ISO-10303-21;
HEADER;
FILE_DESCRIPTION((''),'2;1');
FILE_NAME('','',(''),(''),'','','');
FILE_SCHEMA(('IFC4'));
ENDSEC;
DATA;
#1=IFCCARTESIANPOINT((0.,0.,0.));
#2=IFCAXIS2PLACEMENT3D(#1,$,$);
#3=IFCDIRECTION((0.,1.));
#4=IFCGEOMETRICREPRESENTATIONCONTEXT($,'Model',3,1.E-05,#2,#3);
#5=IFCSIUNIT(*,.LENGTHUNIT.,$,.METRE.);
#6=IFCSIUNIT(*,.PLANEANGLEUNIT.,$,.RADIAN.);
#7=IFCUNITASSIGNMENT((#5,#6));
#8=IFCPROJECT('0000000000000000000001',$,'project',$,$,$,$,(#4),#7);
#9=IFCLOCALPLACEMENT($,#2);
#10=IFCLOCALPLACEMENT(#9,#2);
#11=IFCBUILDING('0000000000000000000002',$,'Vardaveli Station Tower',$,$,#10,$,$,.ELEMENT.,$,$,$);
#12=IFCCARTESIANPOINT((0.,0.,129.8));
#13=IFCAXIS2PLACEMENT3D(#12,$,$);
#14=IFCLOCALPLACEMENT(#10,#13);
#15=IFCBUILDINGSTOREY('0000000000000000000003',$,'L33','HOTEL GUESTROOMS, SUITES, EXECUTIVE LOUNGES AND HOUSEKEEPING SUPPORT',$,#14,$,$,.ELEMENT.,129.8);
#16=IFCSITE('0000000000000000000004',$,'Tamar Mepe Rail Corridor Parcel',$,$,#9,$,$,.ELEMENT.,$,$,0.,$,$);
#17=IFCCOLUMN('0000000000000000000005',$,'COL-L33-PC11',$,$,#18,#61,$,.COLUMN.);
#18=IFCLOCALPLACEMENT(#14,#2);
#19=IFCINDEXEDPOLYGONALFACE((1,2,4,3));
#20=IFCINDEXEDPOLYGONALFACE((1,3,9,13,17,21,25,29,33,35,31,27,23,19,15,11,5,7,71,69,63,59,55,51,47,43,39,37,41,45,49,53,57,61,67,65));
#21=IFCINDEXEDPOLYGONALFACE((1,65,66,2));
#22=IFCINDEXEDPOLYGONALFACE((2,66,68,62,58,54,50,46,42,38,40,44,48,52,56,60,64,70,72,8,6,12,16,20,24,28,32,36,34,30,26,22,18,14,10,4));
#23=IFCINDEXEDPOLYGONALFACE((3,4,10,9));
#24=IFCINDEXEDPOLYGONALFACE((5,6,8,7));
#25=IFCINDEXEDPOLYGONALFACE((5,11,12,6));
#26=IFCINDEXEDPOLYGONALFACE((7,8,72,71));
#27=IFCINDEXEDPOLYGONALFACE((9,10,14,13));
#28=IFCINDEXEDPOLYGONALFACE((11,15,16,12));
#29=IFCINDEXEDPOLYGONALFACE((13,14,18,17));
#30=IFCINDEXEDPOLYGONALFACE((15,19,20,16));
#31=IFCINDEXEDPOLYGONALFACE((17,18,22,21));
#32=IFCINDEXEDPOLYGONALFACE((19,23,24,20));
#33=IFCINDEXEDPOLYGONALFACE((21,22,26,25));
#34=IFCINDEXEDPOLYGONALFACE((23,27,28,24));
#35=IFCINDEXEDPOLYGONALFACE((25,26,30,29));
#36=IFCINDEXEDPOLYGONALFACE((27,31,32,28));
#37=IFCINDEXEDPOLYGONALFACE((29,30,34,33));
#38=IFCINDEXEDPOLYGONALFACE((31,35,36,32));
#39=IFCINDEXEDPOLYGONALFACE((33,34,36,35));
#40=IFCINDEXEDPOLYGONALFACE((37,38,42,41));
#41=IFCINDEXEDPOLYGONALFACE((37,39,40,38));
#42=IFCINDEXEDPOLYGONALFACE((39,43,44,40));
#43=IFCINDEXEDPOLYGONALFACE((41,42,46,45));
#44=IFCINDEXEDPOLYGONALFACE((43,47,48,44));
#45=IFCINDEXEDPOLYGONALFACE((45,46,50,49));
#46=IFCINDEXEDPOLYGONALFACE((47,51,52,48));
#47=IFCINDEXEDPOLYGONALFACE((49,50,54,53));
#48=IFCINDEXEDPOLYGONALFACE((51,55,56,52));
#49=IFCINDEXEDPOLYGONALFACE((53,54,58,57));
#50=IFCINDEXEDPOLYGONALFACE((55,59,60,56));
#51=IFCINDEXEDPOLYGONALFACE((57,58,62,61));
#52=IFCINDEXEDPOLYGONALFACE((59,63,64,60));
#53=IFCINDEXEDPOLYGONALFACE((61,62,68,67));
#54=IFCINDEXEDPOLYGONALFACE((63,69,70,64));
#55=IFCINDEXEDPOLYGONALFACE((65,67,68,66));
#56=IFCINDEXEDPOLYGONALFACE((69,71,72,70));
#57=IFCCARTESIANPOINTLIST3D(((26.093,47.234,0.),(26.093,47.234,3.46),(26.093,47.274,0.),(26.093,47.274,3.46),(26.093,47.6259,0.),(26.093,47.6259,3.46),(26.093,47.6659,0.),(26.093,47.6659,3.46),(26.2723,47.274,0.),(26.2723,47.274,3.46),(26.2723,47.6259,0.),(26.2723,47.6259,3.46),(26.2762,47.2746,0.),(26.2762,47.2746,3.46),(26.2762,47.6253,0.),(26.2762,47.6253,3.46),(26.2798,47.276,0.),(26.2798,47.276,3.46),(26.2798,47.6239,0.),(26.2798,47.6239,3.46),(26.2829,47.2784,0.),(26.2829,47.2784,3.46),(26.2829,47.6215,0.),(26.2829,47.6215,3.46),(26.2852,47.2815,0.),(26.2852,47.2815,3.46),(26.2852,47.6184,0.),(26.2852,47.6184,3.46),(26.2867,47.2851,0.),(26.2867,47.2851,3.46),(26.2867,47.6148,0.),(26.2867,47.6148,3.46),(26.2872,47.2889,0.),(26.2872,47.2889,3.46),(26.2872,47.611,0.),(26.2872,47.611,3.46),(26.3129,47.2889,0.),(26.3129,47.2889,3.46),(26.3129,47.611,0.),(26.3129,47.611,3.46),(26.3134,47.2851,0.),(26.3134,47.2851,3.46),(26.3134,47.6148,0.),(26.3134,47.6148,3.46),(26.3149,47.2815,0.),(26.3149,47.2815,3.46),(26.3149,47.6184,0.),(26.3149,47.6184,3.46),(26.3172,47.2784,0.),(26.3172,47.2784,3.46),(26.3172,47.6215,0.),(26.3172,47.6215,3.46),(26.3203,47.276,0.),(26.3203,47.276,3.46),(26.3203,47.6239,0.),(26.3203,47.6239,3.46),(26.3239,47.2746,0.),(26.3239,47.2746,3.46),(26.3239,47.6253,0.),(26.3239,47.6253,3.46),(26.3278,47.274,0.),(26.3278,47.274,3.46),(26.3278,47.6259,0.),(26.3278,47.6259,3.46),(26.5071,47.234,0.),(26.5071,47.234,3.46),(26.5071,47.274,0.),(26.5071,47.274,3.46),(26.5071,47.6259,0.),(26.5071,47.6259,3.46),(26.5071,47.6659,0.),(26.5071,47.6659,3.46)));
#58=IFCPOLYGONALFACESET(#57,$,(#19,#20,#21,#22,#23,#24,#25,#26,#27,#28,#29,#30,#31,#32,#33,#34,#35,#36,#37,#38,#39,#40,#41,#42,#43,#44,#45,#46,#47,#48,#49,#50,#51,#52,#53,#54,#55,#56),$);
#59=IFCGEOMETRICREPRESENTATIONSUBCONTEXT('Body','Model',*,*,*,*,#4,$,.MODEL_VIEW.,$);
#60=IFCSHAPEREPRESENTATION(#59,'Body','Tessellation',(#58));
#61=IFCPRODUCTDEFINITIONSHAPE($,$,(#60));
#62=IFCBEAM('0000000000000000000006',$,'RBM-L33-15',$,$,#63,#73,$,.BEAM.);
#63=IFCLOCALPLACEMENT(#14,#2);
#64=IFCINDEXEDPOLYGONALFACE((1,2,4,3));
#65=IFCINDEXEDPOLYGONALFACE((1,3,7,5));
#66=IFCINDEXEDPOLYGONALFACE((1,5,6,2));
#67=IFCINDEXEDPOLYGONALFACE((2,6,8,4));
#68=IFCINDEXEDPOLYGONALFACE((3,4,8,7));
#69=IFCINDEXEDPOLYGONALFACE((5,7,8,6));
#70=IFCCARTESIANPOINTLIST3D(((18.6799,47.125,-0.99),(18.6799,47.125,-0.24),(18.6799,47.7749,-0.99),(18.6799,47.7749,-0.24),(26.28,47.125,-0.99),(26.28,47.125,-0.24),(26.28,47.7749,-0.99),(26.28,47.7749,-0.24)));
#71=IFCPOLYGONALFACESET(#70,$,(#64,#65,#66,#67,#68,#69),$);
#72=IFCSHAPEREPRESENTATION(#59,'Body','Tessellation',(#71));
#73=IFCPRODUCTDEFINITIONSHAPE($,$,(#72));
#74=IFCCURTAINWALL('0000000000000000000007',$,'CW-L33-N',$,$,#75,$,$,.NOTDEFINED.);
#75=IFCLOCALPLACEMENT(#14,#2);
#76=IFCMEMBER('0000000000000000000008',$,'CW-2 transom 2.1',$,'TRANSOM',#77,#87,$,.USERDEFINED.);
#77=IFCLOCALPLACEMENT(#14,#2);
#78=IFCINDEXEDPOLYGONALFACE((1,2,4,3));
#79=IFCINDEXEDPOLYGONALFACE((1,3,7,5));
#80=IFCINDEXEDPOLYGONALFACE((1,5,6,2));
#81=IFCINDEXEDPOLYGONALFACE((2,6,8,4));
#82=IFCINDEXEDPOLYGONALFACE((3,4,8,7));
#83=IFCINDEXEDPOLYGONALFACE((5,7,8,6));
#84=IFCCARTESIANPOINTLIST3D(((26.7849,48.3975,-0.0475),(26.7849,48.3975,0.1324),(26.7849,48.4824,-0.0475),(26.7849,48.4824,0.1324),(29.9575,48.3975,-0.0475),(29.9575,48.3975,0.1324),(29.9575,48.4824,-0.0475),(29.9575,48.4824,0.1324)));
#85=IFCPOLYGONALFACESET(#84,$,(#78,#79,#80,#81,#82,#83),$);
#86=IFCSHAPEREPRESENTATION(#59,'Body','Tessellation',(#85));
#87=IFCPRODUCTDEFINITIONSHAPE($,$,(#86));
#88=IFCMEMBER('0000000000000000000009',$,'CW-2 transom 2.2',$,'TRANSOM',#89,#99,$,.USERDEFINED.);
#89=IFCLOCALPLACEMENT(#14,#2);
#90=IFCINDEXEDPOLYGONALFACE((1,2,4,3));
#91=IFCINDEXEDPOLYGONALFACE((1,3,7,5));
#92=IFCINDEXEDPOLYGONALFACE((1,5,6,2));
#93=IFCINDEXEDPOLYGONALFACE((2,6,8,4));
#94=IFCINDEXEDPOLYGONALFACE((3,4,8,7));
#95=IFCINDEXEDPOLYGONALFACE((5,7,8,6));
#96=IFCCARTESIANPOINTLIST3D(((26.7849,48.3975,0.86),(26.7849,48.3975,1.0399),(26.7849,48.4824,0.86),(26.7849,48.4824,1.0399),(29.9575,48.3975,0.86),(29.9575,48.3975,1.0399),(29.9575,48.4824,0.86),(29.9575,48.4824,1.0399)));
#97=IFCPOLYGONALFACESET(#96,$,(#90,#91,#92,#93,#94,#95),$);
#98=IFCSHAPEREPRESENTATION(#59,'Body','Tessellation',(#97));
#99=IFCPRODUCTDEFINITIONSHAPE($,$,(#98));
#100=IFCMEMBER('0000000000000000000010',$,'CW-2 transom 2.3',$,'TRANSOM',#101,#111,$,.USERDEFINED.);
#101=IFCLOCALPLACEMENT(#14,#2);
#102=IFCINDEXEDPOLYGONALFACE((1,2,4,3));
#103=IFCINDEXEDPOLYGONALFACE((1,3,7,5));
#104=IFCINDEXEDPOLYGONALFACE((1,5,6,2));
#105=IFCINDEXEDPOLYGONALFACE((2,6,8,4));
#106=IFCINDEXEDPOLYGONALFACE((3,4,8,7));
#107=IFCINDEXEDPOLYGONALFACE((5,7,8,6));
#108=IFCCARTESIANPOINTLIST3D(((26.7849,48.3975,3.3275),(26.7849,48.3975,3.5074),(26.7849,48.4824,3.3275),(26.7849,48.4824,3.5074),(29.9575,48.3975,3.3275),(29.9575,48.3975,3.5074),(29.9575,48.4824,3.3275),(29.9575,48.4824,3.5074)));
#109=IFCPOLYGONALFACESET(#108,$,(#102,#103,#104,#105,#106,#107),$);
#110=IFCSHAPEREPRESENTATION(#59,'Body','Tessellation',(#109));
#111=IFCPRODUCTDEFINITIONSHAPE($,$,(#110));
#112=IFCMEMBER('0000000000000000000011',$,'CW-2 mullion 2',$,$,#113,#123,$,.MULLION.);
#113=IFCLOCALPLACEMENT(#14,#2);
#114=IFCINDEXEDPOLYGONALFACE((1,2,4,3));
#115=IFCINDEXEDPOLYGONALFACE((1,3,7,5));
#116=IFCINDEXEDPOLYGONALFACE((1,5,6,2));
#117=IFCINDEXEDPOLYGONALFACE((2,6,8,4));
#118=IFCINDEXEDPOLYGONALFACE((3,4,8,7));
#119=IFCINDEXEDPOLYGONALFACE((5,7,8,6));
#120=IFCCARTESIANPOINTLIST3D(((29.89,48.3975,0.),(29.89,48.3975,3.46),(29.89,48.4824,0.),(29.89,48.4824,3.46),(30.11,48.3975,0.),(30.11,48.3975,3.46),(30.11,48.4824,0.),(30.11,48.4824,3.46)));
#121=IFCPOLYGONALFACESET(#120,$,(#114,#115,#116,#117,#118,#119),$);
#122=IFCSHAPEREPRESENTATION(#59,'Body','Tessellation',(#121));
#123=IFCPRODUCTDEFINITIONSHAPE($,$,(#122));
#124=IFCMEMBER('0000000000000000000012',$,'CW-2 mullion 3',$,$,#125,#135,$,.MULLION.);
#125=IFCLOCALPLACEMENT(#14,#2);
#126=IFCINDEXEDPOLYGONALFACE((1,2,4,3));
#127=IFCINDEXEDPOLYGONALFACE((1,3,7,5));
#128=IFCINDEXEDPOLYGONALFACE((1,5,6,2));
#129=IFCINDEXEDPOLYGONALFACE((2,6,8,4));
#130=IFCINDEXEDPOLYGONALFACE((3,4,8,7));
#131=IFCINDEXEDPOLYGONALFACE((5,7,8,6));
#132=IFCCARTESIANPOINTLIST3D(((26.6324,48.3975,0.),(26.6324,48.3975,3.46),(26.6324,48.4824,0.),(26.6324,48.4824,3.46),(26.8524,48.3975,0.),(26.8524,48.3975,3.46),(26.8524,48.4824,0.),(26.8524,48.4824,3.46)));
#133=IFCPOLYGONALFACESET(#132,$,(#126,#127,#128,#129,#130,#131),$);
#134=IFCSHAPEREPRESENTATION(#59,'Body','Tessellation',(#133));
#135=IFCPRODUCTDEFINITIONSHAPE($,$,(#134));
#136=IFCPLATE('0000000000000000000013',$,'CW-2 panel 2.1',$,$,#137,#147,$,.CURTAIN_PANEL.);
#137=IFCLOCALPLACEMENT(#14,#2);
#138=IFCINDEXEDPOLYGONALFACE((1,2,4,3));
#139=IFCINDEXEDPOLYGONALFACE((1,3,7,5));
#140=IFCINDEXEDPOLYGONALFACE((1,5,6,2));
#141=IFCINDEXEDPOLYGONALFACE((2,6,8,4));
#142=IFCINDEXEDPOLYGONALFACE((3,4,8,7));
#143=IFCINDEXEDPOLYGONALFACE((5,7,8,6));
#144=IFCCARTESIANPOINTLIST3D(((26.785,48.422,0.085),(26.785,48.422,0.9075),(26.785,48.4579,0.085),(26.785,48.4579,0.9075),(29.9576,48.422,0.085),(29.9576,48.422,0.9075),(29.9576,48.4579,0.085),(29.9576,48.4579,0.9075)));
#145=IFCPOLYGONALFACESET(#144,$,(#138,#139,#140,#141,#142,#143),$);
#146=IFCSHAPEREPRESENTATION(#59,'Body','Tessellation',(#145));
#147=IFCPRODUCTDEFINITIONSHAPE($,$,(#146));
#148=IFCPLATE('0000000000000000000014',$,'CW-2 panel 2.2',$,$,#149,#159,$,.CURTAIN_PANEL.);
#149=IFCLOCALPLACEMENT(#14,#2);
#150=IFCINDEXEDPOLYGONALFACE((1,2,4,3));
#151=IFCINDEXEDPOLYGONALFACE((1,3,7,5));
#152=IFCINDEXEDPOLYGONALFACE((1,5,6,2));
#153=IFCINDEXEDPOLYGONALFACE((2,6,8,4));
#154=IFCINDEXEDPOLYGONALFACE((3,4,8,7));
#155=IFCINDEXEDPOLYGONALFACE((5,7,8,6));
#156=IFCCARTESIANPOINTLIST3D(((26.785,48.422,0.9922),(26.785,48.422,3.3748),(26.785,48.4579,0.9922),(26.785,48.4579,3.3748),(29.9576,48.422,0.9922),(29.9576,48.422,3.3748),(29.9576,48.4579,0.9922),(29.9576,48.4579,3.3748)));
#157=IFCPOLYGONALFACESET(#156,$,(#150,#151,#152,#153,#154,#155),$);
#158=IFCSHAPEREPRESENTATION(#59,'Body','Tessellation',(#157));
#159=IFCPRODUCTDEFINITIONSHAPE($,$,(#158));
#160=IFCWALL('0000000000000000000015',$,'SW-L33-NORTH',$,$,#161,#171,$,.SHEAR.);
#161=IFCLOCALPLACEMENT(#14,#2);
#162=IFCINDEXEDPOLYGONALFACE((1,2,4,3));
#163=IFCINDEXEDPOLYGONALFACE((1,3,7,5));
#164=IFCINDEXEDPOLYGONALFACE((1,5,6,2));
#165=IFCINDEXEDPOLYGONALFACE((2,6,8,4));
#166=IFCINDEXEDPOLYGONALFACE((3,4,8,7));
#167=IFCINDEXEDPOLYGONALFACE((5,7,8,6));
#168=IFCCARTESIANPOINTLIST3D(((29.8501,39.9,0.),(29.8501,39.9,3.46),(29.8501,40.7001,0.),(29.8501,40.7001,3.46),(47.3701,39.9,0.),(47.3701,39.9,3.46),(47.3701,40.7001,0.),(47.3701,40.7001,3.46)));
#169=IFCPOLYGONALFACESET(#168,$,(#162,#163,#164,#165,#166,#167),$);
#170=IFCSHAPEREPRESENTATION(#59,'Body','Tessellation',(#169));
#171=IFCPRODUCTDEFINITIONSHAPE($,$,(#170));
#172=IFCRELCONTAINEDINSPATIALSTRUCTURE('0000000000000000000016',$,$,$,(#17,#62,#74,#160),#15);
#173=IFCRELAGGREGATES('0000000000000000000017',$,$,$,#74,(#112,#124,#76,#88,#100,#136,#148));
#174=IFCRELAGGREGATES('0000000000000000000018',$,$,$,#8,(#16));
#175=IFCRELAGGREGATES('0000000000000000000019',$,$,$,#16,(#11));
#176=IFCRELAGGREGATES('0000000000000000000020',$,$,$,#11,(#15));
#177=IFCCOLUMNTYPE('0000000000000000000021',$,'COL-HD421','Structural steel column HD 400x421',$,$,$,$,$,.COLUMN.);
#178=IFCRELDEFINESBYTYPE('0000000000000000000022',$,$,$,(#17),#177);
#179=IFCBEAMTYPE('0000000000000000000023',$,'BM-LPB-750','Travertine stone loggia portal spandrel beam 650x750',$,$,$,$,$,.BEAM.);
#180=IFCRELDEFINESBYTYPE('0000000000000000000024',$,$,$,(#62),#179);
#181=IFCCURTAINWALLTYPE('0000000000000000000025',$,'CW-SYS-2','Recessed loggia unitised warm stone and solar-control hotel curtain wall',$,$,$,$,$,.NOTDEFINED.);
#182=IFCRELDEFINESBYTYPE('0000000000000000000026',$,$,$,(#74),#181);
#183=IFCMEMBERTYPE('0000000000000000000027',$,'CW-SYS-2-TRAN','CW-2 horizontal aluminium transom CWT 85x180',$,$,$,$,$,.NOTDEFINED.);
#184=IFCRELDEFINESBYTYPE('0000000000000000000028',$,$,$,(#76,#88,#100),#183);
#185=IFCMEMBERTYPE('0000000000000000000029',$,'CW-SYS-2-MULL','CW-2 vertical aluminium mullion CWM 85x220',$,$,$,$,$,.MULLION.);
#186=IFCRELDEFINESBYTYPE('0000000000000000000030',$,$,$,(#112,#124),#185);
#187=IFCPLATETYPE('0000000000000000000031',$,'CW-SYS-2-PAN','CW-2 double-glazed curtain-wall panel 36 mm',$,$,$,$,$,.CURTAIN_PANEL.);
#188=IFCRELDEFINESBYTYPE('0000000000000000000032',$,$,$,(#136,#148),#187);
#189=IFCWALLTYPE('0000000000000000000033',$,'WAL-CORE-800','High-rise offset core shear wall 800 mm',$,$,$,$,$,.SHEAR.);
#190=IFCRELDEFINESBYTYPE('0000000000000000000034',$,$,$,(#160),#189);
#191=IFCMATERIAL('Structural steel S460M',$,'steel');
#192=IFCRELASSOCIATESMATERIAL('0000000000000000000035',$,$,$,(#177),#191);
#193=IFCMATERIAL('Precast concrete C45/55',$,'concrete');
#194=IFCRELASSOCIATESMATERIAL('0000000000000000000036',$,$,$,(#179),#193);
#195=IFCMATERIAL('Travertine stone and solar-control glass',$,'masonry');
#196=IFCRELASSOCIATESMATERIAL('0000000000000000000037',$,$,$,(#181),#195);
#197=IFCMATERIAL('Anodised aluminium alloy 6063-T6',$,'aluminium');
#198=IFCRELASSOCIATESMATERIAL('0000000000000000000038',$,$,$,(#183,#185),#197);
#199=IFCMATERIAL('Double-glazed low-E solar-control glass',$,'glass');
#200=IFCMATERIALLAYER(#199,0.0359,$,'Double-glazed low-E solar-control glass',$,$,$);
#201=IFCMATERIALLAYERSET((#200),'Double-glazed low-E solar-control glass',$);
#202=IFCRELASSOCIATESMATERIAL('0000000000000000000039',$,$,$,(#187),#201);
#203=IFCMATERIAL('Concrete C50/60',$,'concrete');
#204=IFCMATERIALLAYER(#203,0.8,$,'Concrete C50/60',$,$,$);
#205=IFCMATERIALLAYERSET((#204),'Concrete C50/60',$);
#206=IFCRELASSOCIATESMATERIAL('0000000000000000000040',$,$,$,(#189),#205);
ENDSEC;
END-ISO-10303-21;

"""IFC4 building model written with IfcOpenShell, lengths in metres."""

from ifc_helpers import new_model, si_unit, direction, frame, frame_2d, origin, origin_2d, place, context, subcontext, project, spatial, rectangle, i_section, extrude, source, transform, mapped, material, layer, layer_set, material_profile, profile_set, type_object, element, aggregate, save


model = new_model("IFC4")

# Units and contexts
model_context = context("Model", 3, precision=1e-05, world=origin(), true_north=direction((0.0, 1.0)))
body_context = subcontext(model_context, "Body", "Model", "MODEL_VIEW")
ifc_project = project(units=[si_unit("LENGTHUNIT", "METRE"), si_unit("PLANEANGLEUNIT", "RADIAN")], contexts=[model_context])

# Site, building, storey
site_placement = place(None, origin())
site = spatial("IfcSite", under=ifc_project, at=site_placement, Name="Tamar Mepe Rail Corridor Parcel", CompositionType="ELEMENT", RefElevation=0.0)
building_placement = place(site_placement, origin())
building = spatial("IfcBuilding", under=site, at=building_placement, Name="Vardaveli Station Tower", CompositionType="ELEMENT")
storey_placement = place(building_placement, frame((0.0, 0.0, 129.8)))
storey = spatial("IfcBuildingStorey", under=building, at=storey_placement, Name="L33", Description="HOTEL GUESTROOMS, SUITES, EXECUTIVE LOUNGES AND HOUSEKEEPING SUPPORT", CompositionType="ELEMENT", Elevation=129.8)

# Column
ifc_material_1 = material(Name="Structural steel S460M", Category="steel")
ifc_material_profile_1 = material_profile(ifc_material_1, i_section(OverallWidth=0.4141, OverallDepth=0.4319, WebThickness=0.0256, FlangeThickness=0.04, FilletRadius=0.0149, at=origin_2d()), Name="HD 400x421")
ifc_profile_set_1 = profile_set([ifc_material_profile_1], Name="Structural steel S460M")
column_type = type_object("IfcColumnType", Name="COL-HD421", Description="Structural steel column HD 400x421", PredefinedType="COLUMN", material=ifc_profile_set_1)
shared_shape_1 = source(origin(), body_context, "Body", "SweptSolid", [
    extrude(i_section(OverallWidth=0.4141, OverallDepth=0.4319, WebThickness=0.0256, FlangeThickness=0.04, FilletRadius=0.0149, at=origin_2d()), origin(), (0.0, 0.0, 1.0), 3.46),
])
column_placement = place(storey_placement, frame((26.3, 47.45, 0.0), z_axis=(0.0, 0.0, 1.0), x_axis=(1.0, 0.0, 0.0)))
element("IfcColumn", 1, at=column_placement, inside=storey, type_object=column_type, Name="COL-L33-PC11", PredefinedType="COLUMN", context=body_context, shape_type="MappedRepresentation", body=[
    mapped(shared_shape_1, transform((0.0, 0.0, 0.0), scale=1.0)),
])

# Beam
ifc_material_2 = material(Name="Precast concrete C45/55", Category="concrete")
ifc_material_profile_2 = material_profile(ifc_material_2, rectangle(XDim=0.6499, YDim=0.75, at=origin_2d()), Name="LPB 650x750")
ifc_profile_set_2 = profile_set([ifc_material_profile_2], Name="Precast concrete C45/55")
beam_type = type_object("IfcBeamType", Name="BM-LPB-750", Description="Travertine stone loggia portal spandrel beam 650x750", PredefinedType="BEAM", material=ifc_profile_set_2)
shared_shape_2 = source(origin(), body_context, "Body", "SweptSolid", [
    extrude(rectangle(XDim=0.6499, YDim=0.75, at=origin_2d()), origin(), (0.0, 0.0, 1.0), 7.6001),
])
beam_placement = place(storey_placement, frame((26.28, 47.45, -0.615), z_axis=(-1.0, 0.0, 0.0), x_axis=(0.0, -1.0, 0.0)))
element("IfcBeam", 2, at=beam_placement, inside=storey, type_object=beam_type, Name="RBM-L33-15", PredefinedType="BEAM", context=body_context, shape_type="MappedRepresentation", body=[
    mapped(shared_shape_2, transform((0.0, 0.0, 0.0), scale=1.0)),
])

# Curtain wall, members, plates
ifc_material_3 = material(Name="Travertine stone and solar-control glass", Category="masonry")
curtain_wall_type = type_object("IfcCurtainWallType", Name="CW-SYS-2", Description="Recessed loggia unitised warm stone and solar-control hotel curtain wall", PredefinedType="NOTDEFINED", material=ifc_material_3)
curtain_wall_placement = place(storey_placement, origin())
curtain_wall = element("IfcCurtainWall", 3, at=curtain_wall_placement, inside=storey, type_object=curtain_wall_type, Name="CW-L33-N", PredefinedType="NOTDEFINED")
ifc_material_4 = material(Name="Anodised aluminium alloy 6063-T6", Category="aluminium")
ifc_material_profile_3 = material_profile(ifc_material_4, rectangle(XDim=0.085, YDim=0.1799, at=origin_2d()), Name="CWT 85x180")
ifc_profile_set_3 = profile_set([ifc_material_profile_3], Name="Anodised aluminium alloy 6063-T6")
member_type_1 = type_object("IfcMemberType", Name="CW-SYS-2-TRAN", Description="CW-2 horizontal aluminium transom CWT 85x180", PredefinedType="NOTDEFINED", material=ifc_profile_set_3)
shared_shape_3 = source(origin(), body_context, "Body", "SweptSolid", [
    extrude(rectangle(XDim=0.085, YDim=0.1799, at=origin_2d()), origin(), (0.0, 0.0, 1.0), 3.1726),
])
member_1_placement = place(storey_placement, frame((29.9575, 48.4399, 0.0425), z_axis=(-1.0, 0.0, 0.0), x_axis=(0.0, -1.0, 0.0)))
member_1 = element("IfcMember", 4, at=member_1_placement, type_object=member_type_1, Name="CW-2 transom 2.1", ObjectType="TRANSOM", PredefinedType="USERDEFINED", context=body_context, shape_type="MappedRepresentation", body=[
    mapped(shared_shape_3, transform((0.0, 0.0, 0.0), scale=1.0)),
])
member_2_placement = place(storey_placement, frame((29.9575, 48.4399, 0.95), z_axis=(-1.0, 0.0, 0.0), x_axis=(0.0, -1.0, 0.0)))
member_2 = element("IfcMember", 5, at=member_2_placement, type_object=member_type_1, Name="CW-2 transom 2.2", ObjectType="TRANSOM", PredefinedType="USERDEFINED", context=body_context, shape_type="MappedRepresentation", body=[
    mapped(shared_shape_3, transform((0.0, 0.0, 0.0), scale=1.0)),
])
member_3_placement = place(storey_placement, frame((29.9575, 48.4399, 3.4175), z_axis=(-1.0, 0.0, 0.0), x_axis=(0.0, -1.0, 0.0)))
member_3 = element("IfcMember", 6, at=member_3_placement, type_object=member_type_1, Name="CW-2 transom 2.3", ObjectType="TRANSOM", PredefinedType="USERDEFINED", context=body_context, shape_type="MappedRepresentation", body=[
    mapped(shared_shape_3, transform((0.0, 0.0, 0.0), scale=1.0)),
])
ifc_material_profile_4 = material_profile(ifc_material_4, rectangle(XDim=0.085, YDim=0.22, at=origin_2d()), Name="CWM 85x220")
ifc_profile_set_4 = profile_set([ifc_material_profile_4], Name="Anodised aluminium alloy 6063-T6")
member_type_2 = type_object("IfcMemberType", Name="CW-SYS-2-MULL", Description="CW-2 vertical aluminium mullion CWM 85x220", PredefinedType="MULLION", material=ifc_profile_set_4)
shared_shape_4 = source(origin(), body_context, "Body", "SweptSolid", [
    extrude(rectangle(XDim=0.085, YDim=0.22, at=origin_2d()), origin(), (0.0, 0.0, 1.0), 3.46),
])
member_4_placement = place(storey_placement, frame((30.0, 48.4399, 0.0), z_axis=(0.0, 0.0, 1.0), x_axis=(0.0, -1.0, 0.0)))
member_4 = element("IfcMember", 7, at=member_4_placement, type_object=member_type_2, Name="CW-2 mullion 2", PredefinedType="MULLION", context=body_context, shape_type="MappedRepresentation", body=[
    mapped(shared_shape_4, transform((0.0, 0.0, 0.0), scale=1.0)),
])
member_5_placement = place(storey_placement, frame((26.7424, 48.4399, 0.0), z_axis=(0.0, 0.0, 1.0), x_axis=(0.0, -1.0, 0.0)))
member_5 = element("IfcMember", 8, at=member_5_placement, type_object=member_type_2, Name="CW-2 mullion 3", PredefinedType="MULLION", context=body_context, shape_type="MappedRepresentation", body=[
    mapped(shared_shape_4, transform((0.0, 0.0, 0.0), scale=1.0)),
])
ifc_material_5 = material(Name="Double-glazed low-E solar-control glass", Category="glass")
ifc_layer_1 = layer(ifc_material_5, 0.0359, Name="Double-glazed low-E solar-control glass")
ifc_layer_set_1 = layer_set([ifc_layer_1], Name="Double-glazed low-E solar-control glass")
plate_type = type_object("IfcPlateType", Name="CW-SYS-2-PAN", Description="CW-2 double-glazed curtain-wall panel 36 mm", PredefinedType="CURTAIN_PANEL", material=ifc_layer_set_1)
shared_shape_5 = source(origin(), body_context, "Body", "SweptSolid", [
    extrude(rectangle(XDim=3.1726, YDim=0.0359, at=origin_2d()), origin(), (0.0, 0.0, 1.0), 0.8225),
])
plate_1_placement = place(storey_placement, frame((28.3713, 48.4399, 0.085), z_axis=(0.0, 0.0, 1.0), x_axis=(-1.0, 0.0, 0.0)))
plate_1 = element("IfcPlate", 9, at=plate_1_placement, type_object=plate_type, Name="CW-2 panel 2.1", PredefinedType="CURTAIN_PANEL", context=body_context, shape_type="MappedRepresentation", body=[
    mapped(shared_shape_5, transform((0.0, 0.0, 0.0), scale=1.0)),
])
shared_shape_6 = source(origin(), body_context, "Body", "SweptSolid", [
    extrude(rectangle(XDim=3.1726, YDim=0.0359, at=origin_2d()), origin(), (0.0, 0.0, 1.0), 2.3826),
])
plate_2_placement = place(storey_placement, frame((28.3713, 48.4399, 0.9922), z_axis=(0.0, 0.0, 1.0), x_axis=(-1.0, 0.0, 0.0)))
plate_2 = element("IfcPlate", 10, at=plate_2_placement, type_object=plate_type, Name="CW-2 panel 2.2", PredefinedType="CURTAIN_PANEL", context=body_context, shape_type="MappedRepresentation", body=[
    mapped(shared_shape_6, transform((0.0, 0.0, 0.0), scale=1.0)),
])
aggregate(curtain_wall, [member_4, member_5, member_1, member_2, member_3, plate_1, plate_2])

# Wall
ifc_material_6 = material(Name="Concrete C50/60", Category="concrete")
ifc_layer_2 = layer(ifc_material_6, 0.8, Name="Concrete C50/60")
ifc_layer_set_2 = layer_set([ifc_layer_2], Name="Concrete C50/60")
wall_type_1 = type_object("IfcWallType", Name="WAL-CORE-800", Description="High-rise offset core shear wall 800 mm", PredefinedType="SHEAR", material=ifc_layer_set_2)
shared_shape_7 = source(origin(), body_context, "Body", "SweptSolid", [
    extrude(rectangle(XDim=17.52, YDim=0.8, at=frame_2d((8.76, 0.0))), origin(), (0.0, 0.0, 1.0), 3.46),
])
wall_1_placement = place(storey_placement, frame((29.8501, 40.3, 0.0), z_axis=(0.0, 0.0, 1.0), x_axis=(1.0, 0.0, 0.0)))
element("IfcWall", 11, at=wall_1_placement, inside=storey, type_object=wall_type_1, Name="SW-L33-NORTH", PredefinedType="SHEAR", context=body_context, shape_type="MappedRepresentation", body=[
    mapped(shared_shape_7, transform((0.0, 0.0, 0.0), scale=1.0)),
])

save(model, "model.ifc")
